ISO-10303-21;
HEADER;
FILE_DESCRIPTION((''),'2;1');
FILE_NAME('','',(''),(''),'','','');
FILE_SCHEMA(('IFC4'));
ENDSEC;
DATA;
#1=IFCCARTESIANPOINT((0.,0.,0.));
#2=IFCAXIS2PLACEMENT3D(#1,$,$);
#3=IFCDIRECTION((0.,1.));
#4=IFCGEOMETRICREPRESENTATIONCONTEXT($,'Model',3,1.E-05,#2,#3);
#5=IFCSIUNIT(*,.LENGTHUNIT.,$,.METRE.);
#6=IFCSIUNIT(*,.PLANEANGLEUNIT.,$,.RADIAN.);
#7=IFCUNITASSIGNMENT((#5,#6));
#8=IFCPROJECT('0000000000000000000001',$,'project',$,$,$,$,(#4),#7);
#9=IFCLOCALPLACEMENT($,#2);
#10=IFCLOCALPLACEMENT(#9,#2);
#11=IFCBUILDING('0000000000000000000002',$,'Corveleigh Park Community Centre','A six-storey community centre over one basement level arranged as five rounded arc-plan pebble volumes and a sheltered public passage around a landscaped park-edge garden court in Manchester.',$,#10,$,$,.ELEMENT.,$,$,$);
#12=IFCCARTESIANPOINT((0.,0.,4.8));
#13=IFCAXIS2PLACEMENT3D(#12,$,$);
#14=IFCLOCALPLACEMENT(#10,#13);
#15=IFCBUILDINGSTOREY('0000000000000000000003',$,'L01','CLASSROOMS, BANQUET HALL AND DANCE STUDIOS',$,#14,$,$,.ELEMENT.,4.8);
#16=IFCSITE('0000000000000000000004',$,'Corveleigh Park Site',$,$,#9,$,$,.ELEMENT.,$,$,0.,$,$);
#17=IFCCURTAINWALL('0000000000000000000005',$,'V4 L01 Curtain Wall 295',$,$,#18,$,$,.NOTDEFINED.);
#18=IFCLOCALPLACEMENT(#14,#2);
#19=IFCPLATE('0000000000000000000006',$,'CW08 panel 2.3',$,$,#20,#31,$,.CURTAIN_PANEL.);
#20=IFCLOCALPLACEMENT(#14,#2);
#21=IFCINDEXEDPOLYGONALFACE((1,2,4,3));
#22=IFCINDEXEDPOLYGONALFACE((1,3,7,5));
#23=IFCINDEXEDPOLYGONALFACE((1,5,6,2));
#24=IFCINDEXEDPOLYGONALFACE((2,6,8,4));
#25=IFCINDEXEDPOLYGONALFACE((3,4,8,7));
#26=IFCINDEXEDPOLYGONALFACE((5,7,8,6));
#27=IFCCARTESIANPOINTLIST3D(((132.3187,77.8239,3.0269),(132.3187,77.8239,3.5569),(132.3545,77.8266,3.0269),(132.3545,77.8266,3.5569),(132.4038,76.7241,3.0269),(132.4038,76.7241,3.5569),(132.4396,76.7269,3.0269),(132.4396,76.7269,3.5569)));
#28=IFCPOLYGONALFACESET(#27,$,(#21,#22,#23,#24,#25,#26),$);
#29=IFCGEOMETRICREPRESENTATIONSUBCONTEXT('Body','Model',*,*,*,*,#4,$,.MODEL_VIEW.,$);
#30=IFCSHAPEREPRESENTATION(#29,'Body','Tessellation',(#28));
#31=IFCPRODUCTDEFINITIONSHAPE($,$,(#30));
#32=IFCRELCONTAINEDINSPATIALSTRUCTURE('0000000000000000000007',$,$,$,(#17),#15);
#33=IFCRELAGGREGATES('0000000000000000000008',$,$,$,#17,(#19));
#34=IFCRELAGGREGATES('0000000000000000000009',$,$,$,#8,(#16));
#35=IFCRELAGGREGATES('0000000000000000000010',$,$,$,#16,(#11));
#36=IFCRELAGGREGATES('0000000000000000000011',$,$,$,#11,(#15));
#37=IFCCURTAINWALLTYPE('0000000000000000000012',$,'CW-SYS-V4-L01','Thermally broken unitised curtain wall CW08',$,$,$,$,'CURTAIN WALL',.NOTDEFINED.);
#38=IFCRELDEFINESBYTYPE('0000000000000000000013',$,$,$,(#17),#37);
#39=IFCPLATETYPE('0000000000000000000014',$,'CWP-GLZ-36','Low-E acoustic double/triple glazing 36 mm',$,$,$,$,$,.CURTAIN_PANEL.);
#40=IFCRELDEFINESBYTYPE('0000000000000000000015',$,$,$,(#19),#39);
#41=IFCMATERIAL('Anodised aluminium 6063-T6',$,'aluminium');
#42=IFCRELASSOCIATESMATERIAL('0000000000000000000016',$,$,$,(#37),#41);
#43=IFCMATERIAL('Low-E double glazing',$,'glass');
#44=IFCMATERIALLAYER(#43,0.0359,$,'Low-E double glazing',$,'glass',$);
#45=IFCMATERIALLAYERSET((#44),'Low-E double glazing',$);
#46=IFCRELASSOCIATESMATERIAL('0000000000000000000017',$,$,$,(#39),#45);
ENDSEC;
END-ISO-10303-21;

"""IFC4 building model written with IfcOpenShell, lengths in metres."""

from ifc_helpers import new_model, si_unit, direction, frame, origin, origin_2d, place, context, subcontext, project, spatial, rectangle, extrude, material, layer, layer_set, type_object, element, aggregate, save


model = new_model("IFC4")

# Units and contexts
model_context = context("Model", 3, precision=1e-05, world=origin(), true_north=direction((0.0, 1.0)))
body_context = subcontext(model_context, "Body", "Model", "MODEL_VIEW")
ifc_project = project(units=[si_unit("LENGTHUNIT", "METRE"), si_unit("PLANEANGLEUNIT", "RADIAN")], contexts=[model_context])

# Site, building, storey
site_placement = place(None, origin())
site = spatial("IfcSite", under=ifc_project, at=site_placement, Name="Corveleigh Park Site", CompositionType="ELEMENT", RefElevation=0.0)
building_placement = place(site_placement, origin())
building = spatial("IfcBuilding", under=site, at=building_placement, Name="Corveleigh Park Community Centre", Description="A six-storey community centre over one basement level arranged as five rounded arc-plan pebble volumes and a sheltered public passage around a landscaped park-edge garden court in Manchester.", CompositionType="ELEMENT")
storey_placement = place(building_placement, frame((0.0, 0.0, 4.8)))
storey = spatial("IfcBuildingStorey", under=building, at=storey_placement, Name="L01", Description="CLASSROOMS, BANQUET HALL AND DANCE STUDIOS", CompositionType="ELEMENT", Elevation=4.8)

# Curtain wall
ifc_material_1 = material(Name="Anodised aluminium 6063-T6", Category="aluminium")
curtain_wall_type = type_object("IfcCurtainWallType", Name="CW-SYS-V4-L01", Description="Thermally broken unitised curtain wall CW08", ElementType="CURTAIN WALL", PredefinedType="NOTDEFINED", material=ifc_material_1)
curtain_wall_1_placement = place(storey_placement, origin())
curtain_wall_1 = element("IfcCurtainWall", 1, at=curtain_wall_1_placement, inside=storey, type_object=curtain_wall_type, Name="V4 L01 Curtain Wall 295", PredefinedType="NOTDEFINED")

# Plate
ifc_material_2 = material(Name="Low-E double glazing", Category="glass")
ifc_layer_1 = layer(ifc_material_2, 0.0359, Name="Low-E double glazing", Category="glass")
ifc_layer_set_1 = layer_set([ifc_layer_1], Name="Low-E double glazing")
plate_type_1 = type_object("IfcPlateType", Name="CWP-GLZ-36", Description="Low-E acoustic double/triple glazing 36 mm", PredefinedType="CURTAIN_PANEL", material=ifc_layer_set_1)
plate_1_placement = place(storey_placement, frame((132.3792, 77.2754, 3.0269), z_axis=(0.0, 0.0, 1.0), x_axis=(-0.077113, 0.997022, 0.0)))
plate_1 = element("IfcPlate", 2, at=plate_1_placement, type_object=plate_type_1, Name="CW08 panel 2.3", PredefinedType="CURTAIN_PANEL", context=body_context, shape_type="SweptSolid", body=[
    extrude(rectangle(XDim=1.103, YDim=0.0359, at=origin_2d()), origin(), (0.0, 0.0, 1.0), 0.53),
])
aggregate(curtain_wall_1, [plate_1])

save(model, "model.ifc")
